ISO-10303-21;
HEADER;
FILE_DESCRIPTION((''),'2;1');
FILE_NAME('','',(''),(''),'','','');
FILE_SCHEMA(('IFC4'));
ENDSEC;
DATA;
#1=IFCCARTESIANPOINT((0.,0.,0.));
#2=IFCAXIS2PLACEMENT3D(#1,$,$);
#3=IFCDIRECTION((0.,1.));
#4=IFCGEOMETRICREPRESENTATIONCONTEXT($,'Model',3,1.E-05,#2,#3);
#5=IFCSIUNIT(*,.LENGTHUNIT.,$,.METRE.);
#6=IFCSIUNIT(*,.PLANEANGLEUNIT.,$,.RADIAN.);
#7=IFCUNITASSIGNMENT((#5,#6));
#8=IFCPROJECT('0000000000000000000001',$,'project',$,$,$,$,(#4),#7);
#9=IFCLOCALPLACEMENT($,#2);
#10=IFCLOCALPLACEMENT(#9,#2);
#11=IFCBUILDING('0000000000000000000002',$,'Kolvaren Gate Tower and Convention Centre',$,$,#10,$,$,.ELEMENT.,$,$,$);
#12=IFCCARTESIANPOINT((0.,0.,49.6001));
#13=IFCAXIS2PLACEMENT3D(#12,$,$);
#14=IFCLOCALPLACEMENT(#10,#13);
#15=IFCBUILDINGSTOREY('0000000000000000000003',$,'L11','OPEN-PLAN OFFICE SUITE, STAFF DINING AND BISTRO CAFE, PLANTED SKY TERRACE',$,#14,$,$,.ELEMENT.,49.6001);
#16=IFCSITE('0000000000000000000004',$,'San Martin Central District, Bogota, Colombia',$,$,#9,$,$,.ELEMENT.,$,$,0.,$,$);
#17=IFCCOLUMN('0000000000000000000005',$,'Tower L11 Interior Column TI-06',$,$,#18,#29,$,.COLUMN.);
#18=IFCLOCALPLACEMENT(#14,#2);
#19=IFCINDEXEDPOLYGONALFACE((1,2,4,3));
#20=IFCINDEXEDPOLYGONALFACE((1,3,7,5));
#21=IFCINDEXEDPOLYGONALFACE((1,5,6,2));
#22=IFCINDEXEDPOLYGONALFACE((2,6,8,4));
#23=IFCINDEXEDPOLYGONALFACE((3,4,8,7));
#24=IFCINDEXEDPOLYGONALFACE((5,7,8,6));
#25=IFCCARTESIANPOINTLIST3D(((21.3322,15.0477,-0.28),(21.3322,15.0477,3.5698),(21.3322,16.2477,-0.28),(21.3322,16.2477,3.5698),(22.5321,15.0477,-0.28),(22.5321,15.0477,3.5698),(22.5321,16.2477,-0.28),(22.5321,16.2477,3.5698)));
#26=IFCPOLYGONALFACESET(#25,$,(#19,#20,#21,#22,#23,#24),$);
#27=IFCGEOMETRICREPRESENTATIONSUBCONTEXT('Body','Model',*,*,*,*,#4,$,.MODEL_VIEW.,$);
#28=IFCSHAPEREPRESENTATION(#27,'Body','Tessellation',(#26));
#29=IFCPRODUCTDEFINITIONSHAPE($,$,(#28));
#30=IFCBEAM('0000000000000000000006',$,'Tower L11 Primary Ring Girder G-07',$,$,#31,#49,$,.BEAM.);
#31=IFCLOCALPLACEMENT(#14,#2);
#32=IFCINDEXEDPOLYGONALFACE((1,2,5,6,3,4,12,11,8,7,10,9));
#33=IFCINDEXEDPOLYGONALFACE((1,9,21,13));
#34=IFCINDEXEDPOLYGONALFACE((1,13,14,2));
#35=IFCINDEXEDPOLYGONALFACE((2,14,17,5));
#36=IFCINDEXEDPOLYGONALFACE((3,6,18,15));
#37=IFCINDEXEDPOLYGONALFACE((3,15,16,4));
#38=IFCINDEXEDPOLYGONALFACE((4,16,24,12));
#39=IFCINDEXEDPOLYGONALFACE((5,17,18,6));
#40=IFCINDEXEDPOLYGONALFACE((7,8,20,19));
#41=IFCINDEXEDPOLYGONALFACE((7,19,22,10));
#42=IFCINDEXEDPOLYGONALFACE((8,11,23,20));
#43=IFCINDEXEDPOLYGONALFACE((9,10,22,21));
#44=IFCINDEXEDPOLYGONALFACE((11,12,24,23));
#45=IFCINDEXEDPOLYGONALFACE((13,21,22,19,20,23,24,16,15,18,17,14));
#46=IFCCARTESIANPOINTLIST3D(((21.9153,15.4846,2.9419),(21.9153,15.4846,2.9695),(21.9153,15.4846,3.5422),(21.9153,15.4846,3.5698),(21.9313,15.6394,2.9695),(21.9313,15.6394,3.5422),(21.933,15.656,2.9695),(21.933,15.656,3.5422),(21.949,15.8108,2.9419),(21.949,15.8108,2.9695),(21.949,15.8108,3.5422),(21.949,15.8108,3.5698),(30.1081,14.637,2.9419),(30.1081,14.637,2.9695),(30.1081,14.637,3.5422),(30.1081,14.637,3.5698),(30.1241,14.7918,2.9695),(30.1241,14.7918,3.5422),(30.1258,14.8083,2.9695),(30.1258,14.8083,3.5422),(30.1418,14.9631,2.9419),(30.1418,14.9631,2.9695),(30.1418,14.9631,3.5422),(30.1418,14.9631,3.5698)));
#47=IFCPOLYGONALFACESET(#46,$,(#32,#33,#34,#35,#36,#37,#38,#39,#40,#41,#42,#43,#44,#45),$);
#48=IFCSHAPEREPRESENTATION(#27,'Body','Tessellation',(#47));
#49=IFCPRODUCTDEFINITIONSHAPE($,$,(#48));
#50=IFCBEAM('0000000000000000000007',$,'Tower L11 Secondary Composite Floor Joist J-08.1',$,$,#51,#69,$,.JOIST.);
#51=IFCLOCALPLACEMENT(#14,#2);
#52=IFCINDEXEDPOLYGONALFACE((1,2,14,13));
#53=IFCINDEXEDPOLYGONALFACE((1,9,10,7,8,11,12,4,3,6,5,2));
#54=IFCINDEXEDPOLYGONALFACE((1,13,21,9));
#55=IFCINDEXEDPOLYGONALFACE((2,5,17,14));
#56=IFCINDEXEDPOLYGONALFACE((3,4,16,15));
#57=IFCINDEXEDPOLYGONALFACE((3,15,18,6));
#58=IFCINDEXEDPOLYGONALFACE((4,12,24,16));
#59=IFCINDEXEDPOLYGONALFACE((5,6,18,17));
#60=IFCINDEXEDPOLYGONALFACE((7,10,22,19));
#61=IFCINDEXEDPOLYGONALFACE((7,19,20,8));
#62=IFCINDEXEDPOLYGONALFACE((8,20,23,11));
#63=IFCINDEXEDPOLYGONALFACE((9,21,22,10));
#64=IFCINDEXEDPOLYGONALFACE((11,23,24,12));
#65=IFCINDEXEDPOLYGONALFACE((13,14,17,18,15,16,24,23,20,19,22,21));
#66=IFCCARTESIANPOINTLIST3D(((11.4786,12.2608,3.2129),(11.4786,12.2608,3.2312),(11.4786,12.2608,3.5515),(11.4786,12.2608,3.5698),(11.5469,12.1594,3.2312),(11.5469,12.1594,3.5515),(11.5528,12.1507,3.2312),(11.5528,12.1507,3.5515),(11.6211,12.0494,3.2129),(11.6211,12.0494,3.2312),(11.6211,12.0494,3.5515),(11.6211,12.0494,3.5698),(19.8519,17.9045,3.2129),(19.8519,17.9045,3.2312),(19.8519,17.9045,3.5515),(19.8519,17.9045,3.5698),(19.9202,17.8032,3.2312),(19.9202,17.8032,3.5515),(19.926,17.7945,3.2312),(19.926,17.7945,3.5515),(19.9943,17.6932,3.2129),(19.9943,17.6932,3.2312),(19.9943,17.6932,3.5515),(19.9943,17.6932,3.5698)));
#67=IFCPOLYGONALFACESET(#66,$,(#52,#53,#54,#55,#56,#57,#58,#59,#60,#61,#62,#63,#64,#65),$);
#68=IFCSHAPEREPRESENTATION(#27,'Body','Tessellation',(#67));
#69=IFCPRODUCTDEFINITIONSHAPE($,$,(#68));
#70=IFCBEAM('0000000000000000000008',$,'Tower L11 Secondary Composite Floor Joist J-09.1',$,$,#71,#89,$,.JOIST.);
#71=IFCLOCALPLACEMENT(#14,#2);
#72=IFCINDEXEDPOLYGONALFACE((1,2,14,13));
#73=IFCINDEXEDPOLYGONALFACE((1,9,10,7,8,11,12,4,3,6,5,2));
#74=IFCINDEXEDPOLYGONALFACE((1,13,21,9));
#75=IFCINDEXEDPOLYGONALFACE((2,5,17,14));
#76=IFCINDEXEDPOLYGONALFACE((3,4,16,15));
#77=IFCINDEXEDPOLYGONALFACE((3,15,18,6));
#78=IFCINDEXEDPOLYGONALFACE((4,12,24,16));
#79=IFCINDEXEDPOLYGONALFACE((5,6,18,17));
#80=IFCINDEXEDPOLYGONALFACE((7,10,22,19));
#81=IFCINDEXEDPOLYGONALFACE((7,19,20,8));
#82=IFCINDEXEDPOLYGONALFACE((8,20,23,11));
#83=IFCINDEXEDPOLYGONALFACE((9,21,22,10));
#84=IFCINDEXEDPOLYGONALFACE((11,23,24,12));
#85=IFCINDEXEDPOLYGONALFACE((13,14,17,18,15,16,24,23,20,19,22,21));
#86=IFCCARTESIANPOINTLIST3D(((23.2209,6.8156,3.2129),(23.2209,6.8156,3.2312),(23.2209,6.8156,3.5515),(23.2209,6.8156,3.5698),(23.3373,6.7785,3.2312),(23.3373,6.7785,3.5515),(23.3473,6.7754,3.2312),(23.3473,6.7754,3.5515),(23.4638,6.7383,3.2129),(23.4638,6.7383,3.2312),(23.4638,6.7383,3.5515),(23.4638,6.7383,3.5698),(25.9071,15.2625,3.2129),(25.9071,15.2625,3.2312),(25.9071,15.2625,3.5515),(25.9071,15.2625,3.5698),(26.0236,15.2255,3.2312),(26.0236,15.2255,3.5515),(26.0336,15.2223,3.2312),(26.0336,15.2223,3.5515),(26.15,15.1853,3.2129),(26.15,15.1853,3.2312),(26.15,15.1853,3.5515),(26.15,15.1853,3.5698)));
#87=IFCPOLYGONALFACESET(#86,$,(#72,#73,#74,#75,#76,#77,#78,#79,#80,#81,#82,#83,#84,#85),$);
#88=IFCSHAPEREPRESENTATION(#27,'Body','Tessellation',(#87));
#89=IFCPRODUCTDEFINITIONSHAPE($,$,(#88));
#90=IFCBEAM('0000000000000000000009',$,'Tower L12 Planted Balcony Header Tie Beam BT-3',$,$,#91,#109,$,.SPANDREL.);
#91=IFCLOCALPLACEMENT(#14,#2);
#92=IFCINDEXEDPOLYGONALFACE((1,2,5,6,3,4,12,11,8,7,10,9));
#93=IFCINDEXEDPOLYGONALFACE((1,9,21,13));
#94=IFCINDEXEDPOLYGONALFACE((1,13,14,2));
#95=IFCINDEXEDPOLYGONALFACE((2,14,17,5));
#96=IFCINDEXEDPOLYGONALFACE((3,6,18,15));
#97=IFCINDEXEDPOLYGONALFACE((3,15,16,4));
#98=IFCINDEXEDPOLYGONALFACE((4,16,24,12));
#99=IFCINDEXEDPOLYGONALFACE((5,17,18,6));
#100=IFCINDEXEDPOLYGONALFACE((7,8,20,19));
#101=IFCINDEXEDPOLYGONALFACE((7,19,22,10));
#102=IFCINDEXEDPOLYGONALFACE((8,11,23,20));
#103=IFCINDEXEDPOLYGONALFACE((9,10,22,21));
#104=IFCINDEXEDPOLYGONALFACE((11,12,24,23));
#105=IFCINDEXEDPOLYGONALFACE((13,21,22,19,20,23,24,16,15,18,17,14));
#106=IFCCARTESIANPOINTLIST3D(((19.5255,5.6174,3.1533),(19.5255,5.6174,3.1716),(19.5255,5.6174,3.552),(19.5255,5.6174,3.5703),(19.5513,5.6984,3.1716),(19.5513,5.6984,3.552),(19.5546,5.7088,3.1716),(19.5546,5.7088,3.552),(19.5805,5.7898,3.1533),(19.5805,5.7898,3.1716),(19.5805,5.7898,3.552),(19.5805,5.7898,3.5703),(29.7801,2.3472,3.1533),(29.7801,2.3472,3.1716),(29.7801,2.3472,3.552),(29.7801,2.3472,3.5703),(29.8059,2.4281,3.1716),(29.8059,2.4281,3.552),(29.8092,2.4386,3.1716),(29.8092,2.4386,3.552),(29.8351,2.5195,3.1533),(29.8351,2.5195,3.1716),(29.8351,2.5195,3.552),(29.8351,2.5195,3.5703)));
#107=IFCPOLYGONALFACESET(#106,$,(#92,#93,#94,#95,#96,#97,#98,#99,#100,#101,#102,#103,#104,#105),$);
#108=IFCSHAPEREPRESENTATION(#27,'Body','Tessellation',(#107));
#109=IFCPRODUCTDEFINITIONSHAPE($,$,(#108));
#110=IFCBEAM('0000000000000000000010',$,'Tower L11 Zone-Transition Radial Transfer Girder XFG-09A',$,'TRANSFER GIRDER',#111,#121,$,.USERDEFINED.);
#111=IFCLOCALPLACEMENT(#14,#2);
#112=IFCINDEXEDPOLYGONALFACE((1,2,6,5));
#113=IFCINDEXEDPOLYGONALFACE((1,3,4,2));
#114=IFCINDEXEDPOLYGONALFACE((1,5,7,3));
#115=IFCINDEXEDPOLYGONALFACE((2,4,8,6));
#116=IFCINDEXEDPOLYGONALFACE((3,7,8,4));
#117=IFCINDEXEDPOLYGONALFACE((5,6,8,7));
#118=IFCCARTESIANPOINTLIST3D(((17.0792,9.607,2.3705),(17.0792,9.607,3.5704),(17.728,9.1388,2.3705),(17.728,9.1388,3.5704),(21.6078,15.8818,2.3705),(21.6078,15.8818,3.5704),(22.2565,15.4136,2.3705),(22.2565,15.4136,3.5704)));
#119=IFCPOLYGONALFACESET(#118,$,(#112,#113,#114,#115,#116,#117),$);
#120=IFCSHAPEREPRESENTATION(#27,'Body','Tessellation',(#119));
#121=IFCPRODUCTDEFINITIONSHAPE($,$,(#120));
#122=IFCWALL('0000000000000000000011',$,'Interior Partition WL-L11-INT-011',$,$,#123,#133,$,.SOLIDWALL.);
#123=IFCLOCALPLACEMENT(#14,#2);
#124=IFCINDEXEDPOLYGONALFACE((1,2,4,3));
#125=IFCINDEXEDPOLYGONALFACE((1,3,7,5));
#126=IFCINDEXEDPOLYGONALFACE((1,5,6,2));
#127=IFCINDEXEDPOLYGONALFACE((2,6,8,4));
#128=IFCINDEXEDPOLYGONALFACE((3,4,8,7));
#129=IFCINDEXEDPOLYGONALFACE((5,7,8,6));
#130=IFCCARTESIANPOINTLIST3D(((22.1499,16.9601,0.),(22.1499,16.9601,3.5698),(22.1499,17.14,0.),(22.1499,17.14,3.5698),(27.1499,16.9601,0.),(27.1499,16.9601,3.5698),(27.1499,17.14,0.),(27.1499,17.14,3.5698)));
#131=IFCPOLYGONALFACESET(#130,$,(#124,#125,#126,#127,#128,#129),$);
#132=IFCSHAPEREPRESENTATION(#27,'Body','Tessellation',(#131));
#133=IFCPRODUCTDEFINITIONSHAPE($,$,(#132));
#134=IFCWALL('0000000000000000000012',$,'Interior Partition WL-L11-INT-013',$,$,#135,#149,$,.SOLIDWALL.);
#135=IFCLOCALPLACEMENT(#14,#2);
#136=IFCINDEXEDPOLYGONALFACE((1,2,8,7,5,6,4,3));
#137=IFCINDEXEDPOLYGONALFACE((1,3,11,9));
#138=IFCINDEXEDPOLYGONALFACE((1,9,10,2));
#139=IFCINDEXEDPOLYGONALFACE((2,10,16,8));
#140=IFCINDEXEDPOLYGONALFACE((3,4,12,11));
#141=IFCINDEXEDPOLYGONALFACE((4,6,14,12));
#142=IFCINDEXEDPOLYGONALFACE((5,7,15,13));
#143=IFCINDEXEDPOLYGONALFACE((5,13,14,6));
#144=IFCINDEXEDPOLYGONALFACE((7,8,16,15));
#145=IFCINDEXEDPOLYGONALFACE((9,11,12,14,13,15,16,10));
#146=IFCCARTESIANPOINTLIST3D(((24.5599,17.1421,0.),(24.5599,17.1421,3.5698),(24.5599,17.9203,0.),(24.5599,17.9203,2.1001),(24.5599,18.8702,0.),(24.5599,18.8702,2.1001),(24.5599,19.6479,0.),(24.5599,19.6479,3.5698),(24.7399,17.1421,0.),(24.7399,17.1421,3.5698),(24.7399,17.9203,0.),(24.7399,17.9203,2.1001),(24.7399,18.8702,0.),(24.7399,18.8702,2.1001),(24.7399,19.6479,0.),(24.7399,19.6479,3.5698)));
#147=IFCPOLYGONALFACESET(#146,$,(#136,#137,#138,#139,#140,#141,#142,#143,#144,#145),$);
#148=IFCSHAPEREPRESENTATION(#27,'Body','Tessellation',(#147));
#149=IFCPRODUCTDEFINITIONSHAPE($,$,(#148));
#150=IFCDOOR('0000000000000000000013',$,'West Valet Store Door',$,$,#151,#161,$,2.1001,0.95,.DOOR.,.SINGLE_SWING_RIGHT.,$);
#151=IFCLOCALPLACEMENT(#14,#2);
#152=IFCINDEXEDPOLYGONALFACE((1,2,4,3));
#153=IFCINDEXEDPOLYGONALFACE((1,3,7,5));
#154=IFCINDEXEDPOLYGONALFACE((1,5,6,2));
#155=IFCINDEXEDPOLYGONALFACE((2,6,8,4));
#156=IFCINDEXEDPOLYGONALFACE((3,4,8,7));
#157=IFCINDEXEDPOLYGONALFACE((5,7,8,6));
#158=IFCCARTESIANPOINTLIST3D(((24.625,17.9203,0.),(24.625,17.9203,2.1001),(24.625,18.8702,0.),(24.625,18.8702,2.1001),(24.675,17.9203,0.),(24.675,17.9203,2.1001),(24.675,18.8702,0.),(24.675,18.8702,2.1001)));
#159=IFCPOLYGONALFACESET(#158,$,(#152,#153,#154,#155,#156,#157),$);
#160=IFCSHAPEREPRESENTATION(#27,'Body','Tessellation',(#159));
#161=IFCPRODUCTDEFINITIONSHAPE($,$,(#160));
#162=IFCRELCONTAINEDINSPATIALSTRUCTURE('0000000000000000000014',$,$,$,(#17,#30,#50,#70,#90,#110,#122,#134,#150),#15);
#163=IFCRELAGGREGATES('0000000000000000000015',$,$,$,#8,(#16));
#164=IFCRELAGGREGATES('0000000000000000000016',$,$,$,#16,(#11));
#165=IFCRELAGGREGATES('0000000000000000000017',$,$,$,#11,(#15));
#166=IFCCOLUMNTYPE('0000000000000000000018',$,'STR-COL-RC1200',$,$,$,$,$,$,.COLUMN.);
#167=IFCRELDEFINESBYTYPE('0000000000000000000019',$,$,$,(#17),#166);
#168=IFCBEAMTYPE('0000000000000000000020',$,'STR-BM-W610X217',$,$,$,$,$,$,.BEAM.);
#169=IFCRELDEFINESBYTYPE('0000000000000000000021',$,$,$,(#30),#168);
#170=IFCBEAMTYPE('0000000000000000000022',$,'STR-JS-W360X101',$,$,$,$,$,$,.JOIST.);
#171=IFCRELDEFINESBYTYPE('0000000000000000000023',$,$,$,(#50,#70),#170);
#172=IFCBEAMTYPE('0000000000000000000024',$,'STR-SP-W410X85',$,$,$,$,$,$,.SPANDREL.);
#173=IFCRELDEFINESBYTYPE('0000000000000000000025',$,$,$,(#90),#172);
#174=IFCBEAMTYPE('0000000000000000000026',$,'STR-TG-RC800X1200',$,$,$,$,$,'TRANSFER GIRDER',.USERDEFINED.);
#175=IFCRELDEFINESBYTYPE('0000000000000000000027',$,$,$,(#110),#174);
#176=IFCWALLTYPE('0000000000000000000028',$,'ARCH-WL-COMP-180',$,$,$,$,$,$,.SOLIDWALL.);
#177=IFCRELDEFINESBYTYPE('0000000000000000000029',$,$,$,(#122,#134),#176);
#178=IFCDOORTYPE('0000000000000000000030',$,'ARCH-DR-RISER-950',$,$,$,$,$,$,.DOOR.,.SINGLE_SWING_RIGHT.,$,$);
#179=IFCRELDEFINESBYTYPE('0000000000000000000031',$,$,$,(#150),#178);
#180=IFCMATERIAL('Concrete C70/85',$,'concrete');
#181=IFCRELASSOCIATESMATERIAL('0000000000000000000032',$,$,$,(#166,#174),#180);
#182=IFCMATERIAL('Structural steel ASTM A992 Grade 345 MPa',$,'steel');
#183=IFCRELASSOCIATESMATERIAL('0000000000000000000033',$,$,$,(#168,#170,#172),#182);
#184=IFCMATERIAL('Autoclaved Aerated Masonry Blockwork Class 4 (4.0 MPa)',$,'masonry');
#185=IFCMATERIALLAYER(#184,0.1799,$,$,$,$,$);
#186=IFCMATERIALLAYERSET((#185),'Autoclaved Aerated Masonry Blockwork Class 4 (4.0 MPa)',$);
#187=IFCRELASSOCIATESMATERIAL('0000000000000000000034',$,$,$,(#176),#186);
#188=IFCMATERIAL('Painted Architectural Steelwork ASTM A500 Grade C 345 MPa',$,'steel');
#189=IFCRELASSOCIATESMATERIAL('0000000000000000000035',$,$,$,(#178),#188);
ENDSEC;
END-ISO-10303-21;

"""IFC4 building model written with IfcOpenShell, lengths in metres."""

from ifc_helpers import new_model, si_unit, direction, frame, frame_2d, origin, origin_2d, place, context, subcontext, project, spatial, rectangle, i_section, extrude, material, layer, layer_set, material_profile, profile_set, type_object, element, fill, save


model = new_model("IFC4")

# Units and contexts
model_context = context("Model", 3, precision=1e-05, world=origin(), true_north=direction((0.0, 1.0)))
body_context = subcontext(model_context, "Body", "Model", "MODEL_VIEW")
ifc_project = project(units=[si_unit("LENGTHUNIT", "METRE"), si_unit("PLANEANGLEUNIT", "RADIAN")], contexts=[model_context])

# Site, building, storey
site_placement = place(None, origin())
site = spatial("IfcSite", under=ifc_project, at=site_placement, Name="San Martin Central District, Bogota, Colombia", CompositionType="ELEMENT", RefElevation=0.0)
building_placement = place(site_placement, origin())
building = spatial("IfcBuilding", under=site, at=building_placement, Name="Kolvaren Gate Tower and Convention Centre", CompositionType="ELEMENT")
storey_placement = place(building_placement, frame((0.0, 0.0, 49.6001)))
storey = spatial("IfcBuildingStorey", under=building, at=storey_placement, Name="L11", Description="OPEN-PLAN OFFICE SUITE, STAFF DINING AND BISTRO CAFE, PLANTED SKY TERRACE", CompositionType="ELEMENT", Elevation=49.6001)

# Column
ifc_material_1 = material(Name="Concrete C70/85", Category="concrete")
ifc_material_profile_1 = material_profile(ifc_material_1, rectangle(XDim=1.2, YDim=1.2, at=origin_2d()), Name="RC-COL-1200X1200")
ifc_profile_set_1 = profile_set([ifc_material_profile_1], Name="Concrete C70/85")
column_type = type_object("IfcColumnType", Name="STR-COL-RC1200", PredefinedType="COLUMN", material=ifc_profile_set_1)
column_placement = place(storey_placement, frame((21.9321, 15.6477, -0.28), z_axis=(0.0, 0.0, 1.0), x_axis=(1.0, 0.0, 0.0)))
element("IfcColumn", 1, at=column_placement, inside=storey, type_object=column_type, Name="Tower L11 Interior Column TI-06", PredefinedType="COLUMN", context=body_context, shape_type="SweptSolid", body=[
    extrude(rectangle(XDim=1.2, YDim=1.2, at=origin_2d()), origin(), (0.0, 0.0, 1.0), 3.8499),
])

# Beams
ifc_material_2 = material(Name="Structural steel ASTM A992 Grade 345 MPa", Category="steel")
ifc_material_profile_2 = material_profile(ifc_material_2, i_section(OverallWidth=0.3279, OverallDepth=0.6279, WebThickness=0.0166, FlangeThickness=0.0276, at=origin_2d()), Name="W610X217")
ifc_profile_set_2 = profile_set([ifc_material_profile_2], Name="Structural steel ASTM A992 Grade 345 MPa")
beam_type_1 = type_object("IfcBeamType", Name="STR-BM-W610X217", PredefinedType="BEAM", material=ifc_profile_set_2)
beam_1_placement = place(storey_placement, frame((21.9321, 15.6477, 3.2559), z_axis=(0.99469, -0.102913, 0.0), x_axis=(0.102913, 0.99469, 0.0)))
element("IfcBeam", 2, at=beam_1_placement, inside=storey, type_object=beam_type_1, Name="Tower L11 Primary Ring Girder G-07", PredefinedType="BEAM", context=body_context, shape_type="SweptSolid", body=[
    extrude(i_section(OverallWidth=0.3279, OverallDepth=0.6279, WebThickness=0.0166, FlangeThickness=0.0276, at=origin_2d()), origin(), (0.0, 0.0, 1.0), 8.2366),
])
ifc_material_profile_3 = material_profile(ifc_material_2, i_section(OverallWidth=0.2549, OverallDepth=0.3569, WebThickness=0.0105, FlangeThickness=0.0183, at=origin_2d()), Name="W360X101")
ifc_profile_set_3 = profile_set([ifc_material_profile_3], Name="Structural steel ASTM A992 Grade 345 MPa")
beam_type_2 = type_object("IfcBeamType", Name="STR-JS-W360X101", PredefinedType="JOIST", material=ifc_profile_set_3)
beam_2_placement = place(storey_placement, frame((19.9231, 17.7988, 3.3914), z_axis=(-0.829224, -0.558917, 0.0), x_axis=(0.558917, -0.829224, 0.0)))
element("IfcBeam", 3, at=beam_2_placement, inside=storey, type_object=beam_type_2, Name="Tower L11 Secondary Composite Floor Joist J-08.1", PredefinedType="JOIST", context=body_context, shape_type="SweptSolid", body=[
    extrude(i_section(OverallWidth=0.2549, OverallDepth=0.3569, WebThickness=0.0105, FlangeThickness=0.0183, at=origin_2d()), origin(), (0.0, 0.0, 1.0), 10.0977),
])
beam_3_placement = place(storey_placement, frame((26.0286, 15.2239, 3.3914), z_axis=(-0.303059, -0.952972, 0.0), x_axis=(0.952972, -0.303059, 0.0)))
element("IfcBeam", 4, at=beam_3_placement, inside=storey, type_object=beam_type_2, Name="Tower L11 Secondary Composite Floor Joist J-09.1", PredefinedType="JOIST", context=body_context, shape_type="SweptSolid", body=[
    extrude(i_section(OverallWidth=0.2549, OverallDepth=0.3569, WebThickness=0.0105, FlangeThickness=0.0183, at=origin_2d()), origin(), (0.0, 0.0, 1.0), 8.8638),
])
ifc_material_profile_4 = material_profile(ifc_material_2, i_section(OverallWidth=0.1809, OverallDepth=0.417, WebThickness=0.011, FlangeThickness=0.0183, at=origin_2d()), Name="W410X85")
ifc_profile_set_4 = profile_set([ifc_material_profile_4], Name="Structural steel ASTM A992 Grade 345 MPa")
beam_type_3 = type_object("IfcBeamType", Name="STR-SP-W410X85", PredefinedType="SPANDREL", material=ifc_profile_set_4)
beam_4_placement = place(storey_placement, frame((19.553, 5.7036, 3.3618), z_axis=(0.952726, -0.30383, 0.0), x_axis=(0.30383, 0.952726, 0.0)))
element("IfcBeam", 5, at=beam_4_placement, inside=storey, type_object=beam_type_3, Name="Tower L12 Planted Balcony Header Tie Beam BT-3", PredefinedType="SPANDREL", context=body_context, shape_type="SweptSolid", body=[
    extrude(i_section(OverallWidth=0.1809, OverallDepth=0.417, WebThickness=0.011, FlangeThickness=0.0183, at=origin_2d()), origin(), (0.0, 0.0, 1.0), 10.7634),
])
ifc_material_profile_5 = material_profile(ifc_material_1, rectangle(XDim=0.8, YDim=1.2, at=origin_2d()), Name="RC-BM-800X1200")
ifc_profile_set_5 = profile_set([ifc_material_profile_5], Name="Concrete C70/85")
beam_type_4 = type_object("IfcBeamType", Name="STR-TG-RC800X1200", ElementType="TRANSFER GIRDER", PredefinedType="USERDEFINED", material=ifc_profile_set_5)
beam_5_placement = place(storey_placement, frame((21.9321, 15.6477, 2.9705), z_axis=(-0.585209, -0.810882, 0.0), x_axis=(0.810882, -0.585209, 0.0)))
element("IfcBeam", 6, at=beam_5_placement, inside=storey, type_object=beam_type_4, Name="Tower L11 Zone-Transition Radial Transfer Girder XFG-09A", ObjectType="TRANSFER GIRDER", PredefinedType="USERDEFINED", context=body_context, shape_type="SweptSolid", body=[
    extrude(rectangle(XDim=0.8, YDim=1.2, at=origin_2d()), origin(), (0.0, 0.0, 1.0), 7.7383),
])

# Wall
ifc_material_3 = material(Name="Autoclaved Aerated Masonry Blockwork Class 4 (4.0 MPa)", Category="masonry")
ifc_layer_1 = layer(ifc_material_3, 0.1799)
ifc_layer_set_1 = layer_set([ifc_layer_1], Name="Autoclaved Aerated Masonry Blockwork Class 4 (4.0 MPa)")
wall_type_1 = type_object("IfcWallType", Name="ARCH-WL-COMP-180", PredefinedType="SOLIDWALL", material=ifc_layer_set_1)
wall_1_placement = place(storey_placement, frame((22.1499, 17.05, 0.0), z_axis=(0.0, 0.0, 1.0), x_axis=(1.0, 0.0, 0.0)))
element("IfcWall", 7, at=wall_1_placement, inside=storey, type_object=wall_type_1, Name="Interior Partition WL-L11-INT-011", PredefinedType="SOLIDWALL", context=body_context, shape_type="SweptSolid", body=[
    extrude(rectangle(XDim=5.0, YDim=0.1799, at=frame_2d((2.5, 0.0))), origin(), (0.0, 0.0, 1.0), 3.5698),
])

# Wall, opening, door
wall_2_placement = place(storey_placement, frame((24.6499, 17.1421, 0.0), z_axis=(0.0, 0.0, 1.0), x_axis=(0.0, 1.0, 0.0)))
wall_2 = element("IfcWall", 8, at=wall_2_placement, inside=storey, type_object=wall_type_1, Name="Interior Partition WL-L11-INT-013", PredefinedType="SOLIDWALL", context=body_context, shape_type="SweptSolid", body=[
    extrude(rectangle(XDim=2.5059, YDim=0.1799, at=frame_2d((1.2529, 0.0))), origin(), (0.0, 0.0, 1.0), 3.5698),
])
opening_1_placement = place(wall_2_placement, frame((0.7781, 0.0, 0.0)))
opening_1 = element("IfcOpeningElement", 9, at=opening_1_placement, cuts=wall_2, PredefinedType="OPENING", context=body_context, shape_type="SweptSolid", body=[
    extrude(rectangle(XDim=0.95, YDim=2.1001, at=frame_2d((0.4751, 1.05))), frame((0.0, 0.0999, 0.0), z_axis=(0.0, -1.0, 0.0), x_axis=(1.0, 0.0, 0.0)), (0.0, 0.0, 1.0), 0.2),
])
ifc_material_4 = material(Name="Painted Architectural Steelwork ASTM A500 Grade C 345 MPa", Category="steel")
door_type_1 = type_object("IfcDoorType", Name="ARCH-DR-RISER-950", OperationType="SINGLE_SWING_RIGHT", PredefinedType="DOOR", material=ifc_material_4)
door_1_placement = place(opening_1_placement, origin())
door_1 = element("IfcDoor", 10, at=door_1_placement, inside=storey, type_object=door_type_1, Name="West Valet Store Door", OperationType="SINGLE_SWING_RIGHT", OverallHeight=2.1001, OverallWidth=0.95, PredefinedType="DOOR", context=body_context, shape_type="SweptSolid", body=[
    extrude(rectangle(XDim=0.95, YDim=2.1001, at=frame_2d((0.4751, 1.05))), frame((0.0, 0.0249, 0.0), z_axis=(0.0, -1.0, 0.0), x_axis=(1.0, 0.0, 0.0)), (0.0, 0.0, 1.0), 0.05),
])
fill(opening_1, door_1)

save(model, "model.ifc")
